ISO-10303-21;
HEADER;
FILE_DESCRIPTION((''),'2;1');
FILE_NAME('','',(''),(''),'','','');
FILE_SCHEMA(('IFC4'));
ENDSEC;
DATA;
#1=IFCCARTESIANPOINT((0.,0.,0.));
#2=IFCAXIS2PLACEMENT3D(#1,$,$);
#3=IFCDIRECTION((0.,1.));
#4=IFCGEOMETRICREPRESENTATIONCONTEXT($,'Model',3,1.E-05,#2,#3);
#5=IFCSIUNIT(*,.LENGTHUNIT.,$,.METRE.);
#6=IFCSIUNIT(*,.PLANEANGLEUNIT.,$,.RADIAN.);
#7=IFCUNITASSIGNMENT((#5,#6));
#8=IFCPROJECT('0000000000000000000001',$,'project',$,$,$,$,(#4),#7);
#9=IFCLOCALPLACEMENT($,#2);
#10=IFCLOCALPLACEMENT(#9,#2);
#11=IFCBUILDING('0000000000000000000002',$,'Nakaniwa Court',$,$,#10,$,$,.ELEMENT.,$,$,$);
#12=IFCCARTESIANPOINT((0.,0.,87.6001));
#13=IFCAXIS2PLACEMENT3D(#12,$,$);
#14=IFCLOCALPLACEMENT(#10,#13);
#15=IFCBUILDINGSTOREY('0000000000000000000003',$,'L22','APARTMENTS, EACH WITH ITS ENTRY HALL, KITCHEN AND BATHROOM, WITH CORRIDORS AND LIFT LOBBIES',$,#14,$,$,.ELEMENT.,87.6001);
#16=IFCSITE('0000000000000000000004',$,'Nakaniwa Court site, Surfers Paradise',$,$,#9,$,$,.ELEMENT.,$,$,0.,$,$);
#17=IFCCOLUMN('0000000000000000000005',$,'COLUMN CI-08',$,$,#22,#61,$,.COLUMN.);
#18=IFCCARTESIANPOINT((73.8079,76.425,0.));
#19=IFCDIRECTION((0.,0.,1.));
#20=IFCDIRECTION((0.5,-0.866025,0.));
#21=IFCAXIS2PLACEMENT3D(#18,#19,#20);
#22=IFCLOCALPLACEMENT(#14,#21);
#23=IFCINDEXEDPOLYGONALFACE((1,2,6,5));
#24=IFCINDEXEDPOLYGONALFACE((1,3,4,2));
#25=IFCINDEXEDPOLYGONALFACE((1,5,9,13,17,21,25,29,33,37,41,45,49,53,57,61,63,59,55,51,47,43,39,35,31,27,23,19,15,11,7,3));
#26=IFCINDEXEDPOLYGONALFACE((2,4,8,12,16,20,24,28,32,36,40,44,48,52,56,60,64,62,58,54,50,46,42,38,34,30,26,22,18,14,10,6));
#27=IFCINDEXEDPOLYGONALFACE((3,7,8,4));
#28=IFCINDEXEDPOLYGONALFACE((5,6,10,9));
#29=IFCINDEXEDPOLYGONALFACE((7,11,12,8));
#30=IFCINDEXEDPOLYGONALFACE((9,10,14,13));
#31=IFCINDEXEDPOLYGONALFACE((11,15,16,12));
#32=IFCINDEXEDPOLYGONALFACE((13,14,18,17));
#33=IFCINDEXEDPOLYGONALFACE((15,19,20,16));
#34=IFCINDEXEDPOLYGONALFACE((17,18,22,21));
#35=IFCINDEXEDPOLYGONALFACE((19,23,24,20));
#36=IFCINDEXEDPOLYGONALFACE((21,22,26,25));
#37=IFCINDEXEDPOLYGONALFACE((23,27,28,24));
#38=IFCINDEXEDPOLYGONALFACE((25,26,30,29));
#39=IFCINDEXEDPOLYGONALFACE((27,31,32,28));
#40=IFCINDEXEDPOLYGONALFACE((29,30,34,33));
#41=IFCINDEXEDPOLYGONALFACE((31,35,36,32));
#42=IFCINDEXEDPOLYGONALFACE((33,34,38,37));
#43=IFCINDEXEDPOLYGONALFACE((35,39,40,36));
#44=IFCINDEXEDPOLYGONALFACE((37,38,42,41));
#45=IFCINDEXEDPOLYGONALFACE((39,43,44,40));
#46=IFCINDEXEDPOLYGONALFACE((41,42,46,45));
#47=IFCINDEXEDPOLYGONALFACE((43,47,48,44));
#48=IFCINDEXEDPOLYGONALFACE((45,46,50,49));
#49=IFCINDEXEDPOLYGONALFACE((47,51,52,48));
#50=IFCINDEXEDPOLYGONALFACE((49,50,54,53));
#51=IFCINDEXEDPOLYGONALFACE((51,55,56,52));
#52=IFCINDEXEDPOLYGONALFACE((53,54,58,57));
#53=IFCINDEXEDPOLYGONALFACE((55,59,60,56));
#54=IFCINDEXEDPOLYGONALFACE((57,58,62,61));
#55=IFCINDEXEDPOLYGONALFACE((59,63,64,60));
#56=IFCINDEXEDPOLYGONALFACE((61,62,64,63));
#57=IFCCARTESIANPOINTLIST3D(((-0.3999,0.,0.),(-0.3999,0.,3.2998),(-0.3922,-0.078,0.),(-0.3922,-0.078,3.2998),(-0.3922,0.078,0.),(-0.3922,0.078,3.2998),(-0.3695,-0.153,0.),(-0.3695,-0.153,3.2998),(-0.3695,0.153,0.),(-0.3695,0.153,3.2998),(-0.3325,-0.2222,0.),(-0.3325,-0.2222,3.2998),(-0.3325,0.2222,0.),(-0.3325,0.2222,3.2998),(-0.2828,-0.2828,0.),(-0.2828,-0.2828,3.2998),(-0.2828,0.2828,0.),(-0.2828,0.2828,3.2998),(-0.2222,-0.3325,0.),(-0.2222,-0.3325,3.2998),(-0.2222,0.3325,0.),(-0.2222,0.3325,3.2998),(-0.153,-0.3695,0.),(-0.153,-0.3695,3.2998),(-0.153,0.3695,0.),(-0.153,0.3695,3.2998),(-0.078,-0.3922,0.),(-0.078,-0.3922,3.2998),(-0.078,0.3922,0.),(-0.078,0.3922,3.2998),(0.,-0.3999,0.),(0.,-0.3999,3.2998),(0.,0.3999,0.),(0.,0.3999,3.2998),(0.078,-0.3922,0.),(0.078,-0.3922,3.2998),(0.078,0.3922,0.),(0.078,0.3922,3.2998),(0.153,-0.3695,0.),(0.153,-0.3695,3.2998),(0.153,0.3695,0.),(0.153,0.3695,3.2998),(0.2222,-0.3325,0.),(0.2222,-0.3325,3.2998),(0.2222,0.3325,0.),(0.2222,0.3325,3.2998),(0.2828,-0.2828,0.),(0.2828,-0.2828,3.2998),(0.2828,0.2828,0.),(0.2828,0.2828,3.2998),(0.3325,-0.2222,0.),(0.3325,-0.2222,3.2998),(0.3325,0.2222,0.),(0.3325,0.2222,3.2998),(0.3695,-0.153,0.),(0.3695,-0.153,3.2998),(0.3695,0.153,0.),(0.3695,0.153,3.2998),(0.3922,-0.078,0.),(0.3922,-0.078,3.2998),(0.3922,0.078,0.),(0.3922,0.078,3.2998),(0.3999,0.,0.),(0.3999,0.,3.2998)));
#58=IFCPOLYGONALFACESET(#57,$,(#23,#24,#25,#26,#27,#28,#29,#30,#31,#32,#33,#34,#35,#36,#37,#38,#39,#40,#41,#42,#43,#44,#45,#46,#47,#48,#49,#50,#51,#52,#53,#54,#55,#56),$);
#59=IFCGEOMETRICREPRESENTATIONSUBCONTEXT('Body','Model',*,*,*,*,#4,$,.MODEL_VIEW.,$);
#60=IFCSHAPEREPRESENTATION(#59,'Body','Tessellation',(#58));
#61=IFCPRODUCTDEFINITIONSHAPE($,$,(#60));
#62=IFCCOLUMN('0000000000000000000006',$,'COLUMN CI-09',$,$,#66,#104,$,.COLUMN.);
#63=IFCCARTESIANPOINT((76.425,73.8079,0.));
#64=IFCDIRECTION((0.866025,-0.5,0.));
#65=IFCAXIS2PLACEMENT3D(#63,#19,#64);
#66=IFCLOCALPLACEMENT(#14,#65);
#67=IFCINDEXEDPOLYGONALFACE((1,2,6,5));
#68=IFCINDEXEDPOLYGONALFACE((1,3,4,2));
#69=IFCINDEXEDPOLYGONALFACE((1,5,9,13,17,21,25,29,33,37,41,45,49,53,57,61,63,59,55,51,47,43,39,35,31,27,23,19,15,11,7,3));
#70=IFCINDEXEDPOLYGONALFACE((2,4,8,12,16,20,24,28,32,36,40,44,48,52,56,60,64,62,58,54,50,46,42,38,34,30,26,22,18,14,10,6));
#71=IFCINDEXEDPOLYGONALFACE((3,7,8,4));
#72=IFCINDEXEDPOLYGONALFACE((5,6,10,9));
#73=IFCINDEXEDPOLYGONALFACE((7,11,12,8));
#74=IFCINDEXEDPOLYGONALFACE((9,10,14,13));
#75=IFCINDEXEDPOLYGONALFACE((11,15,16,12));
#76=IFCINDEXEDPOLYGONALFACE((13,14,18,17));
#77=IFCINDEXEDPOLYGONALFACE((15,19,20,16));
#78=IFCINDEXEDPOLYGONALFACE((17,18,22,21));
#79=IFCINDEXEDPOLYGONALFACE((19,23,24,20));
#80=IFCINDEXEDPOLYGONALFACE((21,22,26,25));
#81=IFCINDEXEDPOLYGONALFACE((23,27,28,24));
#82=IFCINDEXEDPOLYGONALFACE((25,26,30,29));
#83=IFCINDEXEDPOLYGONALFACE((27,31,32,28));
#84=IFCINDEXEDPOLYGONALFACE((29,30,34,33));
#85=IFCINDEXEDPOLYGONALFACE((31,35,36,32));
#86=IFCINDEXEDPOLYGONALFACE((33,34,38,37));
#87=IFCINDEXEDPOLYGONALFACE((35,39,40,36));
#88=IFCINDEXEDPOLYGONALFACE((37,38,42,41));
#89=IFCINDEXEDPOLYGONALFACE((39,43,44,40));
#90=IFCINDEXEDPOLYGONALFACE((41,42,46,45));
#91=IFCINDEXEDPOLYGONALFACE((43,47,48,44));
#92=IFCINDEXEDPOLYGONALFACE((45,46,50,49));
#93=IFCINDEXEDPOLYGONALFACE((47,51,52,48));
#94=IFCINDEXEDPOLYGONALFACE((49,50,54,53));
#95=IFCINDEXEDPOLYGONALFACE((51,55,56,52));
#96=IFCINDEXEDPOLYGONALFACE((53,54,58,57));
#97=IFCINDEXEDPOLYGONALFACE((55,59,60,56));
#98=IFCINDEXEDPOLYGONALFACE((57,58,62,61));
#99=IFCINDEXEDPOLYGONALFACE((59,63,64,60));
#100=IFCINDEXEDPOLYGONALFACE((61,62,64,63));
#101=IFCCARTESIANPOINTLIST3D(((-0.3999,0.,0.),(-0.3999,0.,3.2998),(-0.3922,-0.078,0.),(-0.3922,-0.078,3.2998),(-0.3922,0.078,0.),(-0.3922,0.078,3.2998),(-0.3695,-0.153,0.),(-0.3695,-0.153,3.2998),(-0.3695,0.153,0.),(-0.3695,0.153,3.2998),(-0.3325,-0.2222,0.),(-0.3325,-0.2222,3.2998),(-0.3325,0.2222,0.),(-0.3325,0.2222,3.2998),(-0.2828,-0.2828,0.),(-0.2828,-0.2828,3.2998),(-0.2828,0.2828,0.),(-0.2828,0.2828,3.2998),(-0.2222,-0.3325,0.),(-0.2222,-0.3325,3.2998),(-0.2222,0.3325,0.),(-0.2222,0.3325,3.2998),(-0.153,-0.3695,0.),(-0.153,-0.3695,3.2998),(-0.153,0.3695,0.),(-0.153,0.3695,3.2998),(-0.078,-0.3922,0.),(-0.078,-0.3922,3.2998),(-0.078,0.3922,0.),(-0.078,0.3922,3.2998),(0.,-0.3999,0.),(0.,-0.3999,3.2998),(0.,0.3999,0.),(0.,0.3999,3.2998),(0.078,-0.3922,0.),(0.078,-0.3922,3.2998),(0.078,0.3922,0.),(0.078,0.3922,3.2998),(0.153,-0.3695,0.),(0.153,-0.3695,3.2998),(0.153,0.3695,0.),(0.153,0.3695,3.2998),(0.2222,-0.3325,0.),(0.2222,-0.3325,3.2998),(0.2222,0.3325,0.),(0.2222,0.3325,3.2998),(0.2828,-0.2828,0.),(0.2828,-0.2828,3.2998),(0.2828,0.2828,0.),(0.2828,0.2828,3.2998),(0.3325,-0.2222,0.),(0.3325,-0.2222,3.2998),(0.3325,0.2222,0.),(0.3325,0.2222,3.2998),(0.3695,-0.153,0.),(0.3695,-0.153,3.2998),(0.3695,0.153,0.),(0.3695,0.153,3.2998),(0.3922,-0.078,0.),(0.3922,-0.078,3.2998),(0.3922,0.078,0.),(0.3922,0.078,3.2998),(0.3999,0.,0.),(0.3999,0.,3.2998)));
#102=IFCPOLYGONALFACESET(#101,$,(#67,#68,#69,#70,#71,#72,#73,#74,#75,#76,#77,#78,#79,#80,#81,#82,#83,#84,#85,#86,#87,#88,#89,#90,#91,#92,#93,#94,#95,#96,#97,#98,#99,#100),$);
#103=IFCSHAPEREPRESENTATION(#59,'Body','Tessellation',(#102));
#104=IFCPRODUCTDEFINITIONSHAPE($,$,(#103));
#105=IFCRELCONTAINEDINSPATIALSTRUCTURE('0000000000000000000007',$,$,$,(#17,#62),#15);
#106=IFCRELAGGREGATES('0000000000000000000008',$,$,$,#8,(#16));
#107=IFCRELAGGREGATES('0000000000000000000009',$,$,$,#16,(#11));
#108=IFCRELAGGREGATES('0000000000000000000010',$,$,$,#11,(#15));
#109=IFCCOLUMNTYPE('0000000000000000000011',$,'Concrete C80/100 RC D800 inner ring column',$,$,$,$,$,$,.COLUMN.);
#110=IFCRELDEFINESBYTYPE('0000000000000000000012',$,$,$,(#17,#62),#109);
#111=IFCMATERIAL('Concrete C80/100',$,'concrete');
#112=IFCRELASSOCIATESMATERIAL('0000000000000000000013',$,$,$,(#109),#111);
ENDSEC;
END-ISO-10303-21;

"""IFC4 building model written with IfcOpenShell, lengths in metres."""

from ifc_helpers import new_model, si_unit, direction, frame, origin, origin_2d, place, context, subcontext, project, spatial, circle, extrude, material, material_profile, profile_set, type_object, element, save


model = new_model("IFC4")

# Units and contexts
model_context = context("Model", 3, precision=1e-05, world=origin(), true_north=direction((0.0, 1.0)))
body_context = subcontext(model_context, "Body", "Model", "MODEL_VIEW")
ifc_project = project(units=[si_unit("LENGTHUNIT", "METRE"), si_unit("PLANEANGLEUNIT", "RADIAN")], contexts=[model_context])

# Site, building, storey
site_placement = place(None, origin())
site = spatial("IfcSite", under=ifc_project, at=site_placement, Name="Nakaniwa Court site, Surfers Paradise", CompositionType="ELEMENT", RefElevation=0.0)
building_placement = place(site_placement, origin())
building = spatial("IfcBuilding", under=site, at=building_placement, Name="Nakaniwa Court", CompositionType="ELEMENT")
storey_placement = place(building_placement, frame((0.0, 0.0, 87.6001)))
storey = spatial("IfcBuildingStorey", under=building, at=storey_placement, Name="L22", Description="APARTMENTS, EACH WITH ITS ENTRY HALL, KITCHEN AND BATHROOM, WITH CORRIDORS AND LIFT LOBBIES", CompositionType="ELEMENT", Elevation=87.6001)

# Columns
ifc_material_1 = material(Name="Concrete C80/100", Category="concrete")
ifc_material_profile_1 = material_profile(ifc_material_1, circle(Radius=0.3999, at=origin_2d()), Name="Concrete C80/100 RC D800 inner ring column")
ifc_profile_set_1 = profile_set([ifc_material_profile_1], Name="Concrete C80/100")
column_type_1 = type_object("IfcColumnType", Name="Concrete C80/100 RC D800 inner ring column", PredefinedType="COLUMN", material=ifc_profile_set_1)
for number, where, z_axis, x_axis, name in (
    (1, (73.8079, 76.425, 0.0), (0.0, 0.0, 1.0), (0.5, -0.866025, 0.0), "COLUMN CI-08"),
    (2, (76.425, 73.8079, 0.0), (0.0, 0.0, 1.0), (0.866025, -0.5, 0.0), "COLUMN CI-09"),
):
    element("IfcColumn", number, at=place(storey_placement, frame(where, z_axis=z_axis, x_axis=x_axis)), inside=storey, type_object=column_type_1, Name=name, PredefinedType="COLUMN", context=body_context, shape_type="SweptSolid", body=[
        extrude(circle(Radius=0.3999, at=origin_2d()), origin(), (0.0, 0.0, 1.0), 3.2998),
    ])

save(model, "model.ifc")
